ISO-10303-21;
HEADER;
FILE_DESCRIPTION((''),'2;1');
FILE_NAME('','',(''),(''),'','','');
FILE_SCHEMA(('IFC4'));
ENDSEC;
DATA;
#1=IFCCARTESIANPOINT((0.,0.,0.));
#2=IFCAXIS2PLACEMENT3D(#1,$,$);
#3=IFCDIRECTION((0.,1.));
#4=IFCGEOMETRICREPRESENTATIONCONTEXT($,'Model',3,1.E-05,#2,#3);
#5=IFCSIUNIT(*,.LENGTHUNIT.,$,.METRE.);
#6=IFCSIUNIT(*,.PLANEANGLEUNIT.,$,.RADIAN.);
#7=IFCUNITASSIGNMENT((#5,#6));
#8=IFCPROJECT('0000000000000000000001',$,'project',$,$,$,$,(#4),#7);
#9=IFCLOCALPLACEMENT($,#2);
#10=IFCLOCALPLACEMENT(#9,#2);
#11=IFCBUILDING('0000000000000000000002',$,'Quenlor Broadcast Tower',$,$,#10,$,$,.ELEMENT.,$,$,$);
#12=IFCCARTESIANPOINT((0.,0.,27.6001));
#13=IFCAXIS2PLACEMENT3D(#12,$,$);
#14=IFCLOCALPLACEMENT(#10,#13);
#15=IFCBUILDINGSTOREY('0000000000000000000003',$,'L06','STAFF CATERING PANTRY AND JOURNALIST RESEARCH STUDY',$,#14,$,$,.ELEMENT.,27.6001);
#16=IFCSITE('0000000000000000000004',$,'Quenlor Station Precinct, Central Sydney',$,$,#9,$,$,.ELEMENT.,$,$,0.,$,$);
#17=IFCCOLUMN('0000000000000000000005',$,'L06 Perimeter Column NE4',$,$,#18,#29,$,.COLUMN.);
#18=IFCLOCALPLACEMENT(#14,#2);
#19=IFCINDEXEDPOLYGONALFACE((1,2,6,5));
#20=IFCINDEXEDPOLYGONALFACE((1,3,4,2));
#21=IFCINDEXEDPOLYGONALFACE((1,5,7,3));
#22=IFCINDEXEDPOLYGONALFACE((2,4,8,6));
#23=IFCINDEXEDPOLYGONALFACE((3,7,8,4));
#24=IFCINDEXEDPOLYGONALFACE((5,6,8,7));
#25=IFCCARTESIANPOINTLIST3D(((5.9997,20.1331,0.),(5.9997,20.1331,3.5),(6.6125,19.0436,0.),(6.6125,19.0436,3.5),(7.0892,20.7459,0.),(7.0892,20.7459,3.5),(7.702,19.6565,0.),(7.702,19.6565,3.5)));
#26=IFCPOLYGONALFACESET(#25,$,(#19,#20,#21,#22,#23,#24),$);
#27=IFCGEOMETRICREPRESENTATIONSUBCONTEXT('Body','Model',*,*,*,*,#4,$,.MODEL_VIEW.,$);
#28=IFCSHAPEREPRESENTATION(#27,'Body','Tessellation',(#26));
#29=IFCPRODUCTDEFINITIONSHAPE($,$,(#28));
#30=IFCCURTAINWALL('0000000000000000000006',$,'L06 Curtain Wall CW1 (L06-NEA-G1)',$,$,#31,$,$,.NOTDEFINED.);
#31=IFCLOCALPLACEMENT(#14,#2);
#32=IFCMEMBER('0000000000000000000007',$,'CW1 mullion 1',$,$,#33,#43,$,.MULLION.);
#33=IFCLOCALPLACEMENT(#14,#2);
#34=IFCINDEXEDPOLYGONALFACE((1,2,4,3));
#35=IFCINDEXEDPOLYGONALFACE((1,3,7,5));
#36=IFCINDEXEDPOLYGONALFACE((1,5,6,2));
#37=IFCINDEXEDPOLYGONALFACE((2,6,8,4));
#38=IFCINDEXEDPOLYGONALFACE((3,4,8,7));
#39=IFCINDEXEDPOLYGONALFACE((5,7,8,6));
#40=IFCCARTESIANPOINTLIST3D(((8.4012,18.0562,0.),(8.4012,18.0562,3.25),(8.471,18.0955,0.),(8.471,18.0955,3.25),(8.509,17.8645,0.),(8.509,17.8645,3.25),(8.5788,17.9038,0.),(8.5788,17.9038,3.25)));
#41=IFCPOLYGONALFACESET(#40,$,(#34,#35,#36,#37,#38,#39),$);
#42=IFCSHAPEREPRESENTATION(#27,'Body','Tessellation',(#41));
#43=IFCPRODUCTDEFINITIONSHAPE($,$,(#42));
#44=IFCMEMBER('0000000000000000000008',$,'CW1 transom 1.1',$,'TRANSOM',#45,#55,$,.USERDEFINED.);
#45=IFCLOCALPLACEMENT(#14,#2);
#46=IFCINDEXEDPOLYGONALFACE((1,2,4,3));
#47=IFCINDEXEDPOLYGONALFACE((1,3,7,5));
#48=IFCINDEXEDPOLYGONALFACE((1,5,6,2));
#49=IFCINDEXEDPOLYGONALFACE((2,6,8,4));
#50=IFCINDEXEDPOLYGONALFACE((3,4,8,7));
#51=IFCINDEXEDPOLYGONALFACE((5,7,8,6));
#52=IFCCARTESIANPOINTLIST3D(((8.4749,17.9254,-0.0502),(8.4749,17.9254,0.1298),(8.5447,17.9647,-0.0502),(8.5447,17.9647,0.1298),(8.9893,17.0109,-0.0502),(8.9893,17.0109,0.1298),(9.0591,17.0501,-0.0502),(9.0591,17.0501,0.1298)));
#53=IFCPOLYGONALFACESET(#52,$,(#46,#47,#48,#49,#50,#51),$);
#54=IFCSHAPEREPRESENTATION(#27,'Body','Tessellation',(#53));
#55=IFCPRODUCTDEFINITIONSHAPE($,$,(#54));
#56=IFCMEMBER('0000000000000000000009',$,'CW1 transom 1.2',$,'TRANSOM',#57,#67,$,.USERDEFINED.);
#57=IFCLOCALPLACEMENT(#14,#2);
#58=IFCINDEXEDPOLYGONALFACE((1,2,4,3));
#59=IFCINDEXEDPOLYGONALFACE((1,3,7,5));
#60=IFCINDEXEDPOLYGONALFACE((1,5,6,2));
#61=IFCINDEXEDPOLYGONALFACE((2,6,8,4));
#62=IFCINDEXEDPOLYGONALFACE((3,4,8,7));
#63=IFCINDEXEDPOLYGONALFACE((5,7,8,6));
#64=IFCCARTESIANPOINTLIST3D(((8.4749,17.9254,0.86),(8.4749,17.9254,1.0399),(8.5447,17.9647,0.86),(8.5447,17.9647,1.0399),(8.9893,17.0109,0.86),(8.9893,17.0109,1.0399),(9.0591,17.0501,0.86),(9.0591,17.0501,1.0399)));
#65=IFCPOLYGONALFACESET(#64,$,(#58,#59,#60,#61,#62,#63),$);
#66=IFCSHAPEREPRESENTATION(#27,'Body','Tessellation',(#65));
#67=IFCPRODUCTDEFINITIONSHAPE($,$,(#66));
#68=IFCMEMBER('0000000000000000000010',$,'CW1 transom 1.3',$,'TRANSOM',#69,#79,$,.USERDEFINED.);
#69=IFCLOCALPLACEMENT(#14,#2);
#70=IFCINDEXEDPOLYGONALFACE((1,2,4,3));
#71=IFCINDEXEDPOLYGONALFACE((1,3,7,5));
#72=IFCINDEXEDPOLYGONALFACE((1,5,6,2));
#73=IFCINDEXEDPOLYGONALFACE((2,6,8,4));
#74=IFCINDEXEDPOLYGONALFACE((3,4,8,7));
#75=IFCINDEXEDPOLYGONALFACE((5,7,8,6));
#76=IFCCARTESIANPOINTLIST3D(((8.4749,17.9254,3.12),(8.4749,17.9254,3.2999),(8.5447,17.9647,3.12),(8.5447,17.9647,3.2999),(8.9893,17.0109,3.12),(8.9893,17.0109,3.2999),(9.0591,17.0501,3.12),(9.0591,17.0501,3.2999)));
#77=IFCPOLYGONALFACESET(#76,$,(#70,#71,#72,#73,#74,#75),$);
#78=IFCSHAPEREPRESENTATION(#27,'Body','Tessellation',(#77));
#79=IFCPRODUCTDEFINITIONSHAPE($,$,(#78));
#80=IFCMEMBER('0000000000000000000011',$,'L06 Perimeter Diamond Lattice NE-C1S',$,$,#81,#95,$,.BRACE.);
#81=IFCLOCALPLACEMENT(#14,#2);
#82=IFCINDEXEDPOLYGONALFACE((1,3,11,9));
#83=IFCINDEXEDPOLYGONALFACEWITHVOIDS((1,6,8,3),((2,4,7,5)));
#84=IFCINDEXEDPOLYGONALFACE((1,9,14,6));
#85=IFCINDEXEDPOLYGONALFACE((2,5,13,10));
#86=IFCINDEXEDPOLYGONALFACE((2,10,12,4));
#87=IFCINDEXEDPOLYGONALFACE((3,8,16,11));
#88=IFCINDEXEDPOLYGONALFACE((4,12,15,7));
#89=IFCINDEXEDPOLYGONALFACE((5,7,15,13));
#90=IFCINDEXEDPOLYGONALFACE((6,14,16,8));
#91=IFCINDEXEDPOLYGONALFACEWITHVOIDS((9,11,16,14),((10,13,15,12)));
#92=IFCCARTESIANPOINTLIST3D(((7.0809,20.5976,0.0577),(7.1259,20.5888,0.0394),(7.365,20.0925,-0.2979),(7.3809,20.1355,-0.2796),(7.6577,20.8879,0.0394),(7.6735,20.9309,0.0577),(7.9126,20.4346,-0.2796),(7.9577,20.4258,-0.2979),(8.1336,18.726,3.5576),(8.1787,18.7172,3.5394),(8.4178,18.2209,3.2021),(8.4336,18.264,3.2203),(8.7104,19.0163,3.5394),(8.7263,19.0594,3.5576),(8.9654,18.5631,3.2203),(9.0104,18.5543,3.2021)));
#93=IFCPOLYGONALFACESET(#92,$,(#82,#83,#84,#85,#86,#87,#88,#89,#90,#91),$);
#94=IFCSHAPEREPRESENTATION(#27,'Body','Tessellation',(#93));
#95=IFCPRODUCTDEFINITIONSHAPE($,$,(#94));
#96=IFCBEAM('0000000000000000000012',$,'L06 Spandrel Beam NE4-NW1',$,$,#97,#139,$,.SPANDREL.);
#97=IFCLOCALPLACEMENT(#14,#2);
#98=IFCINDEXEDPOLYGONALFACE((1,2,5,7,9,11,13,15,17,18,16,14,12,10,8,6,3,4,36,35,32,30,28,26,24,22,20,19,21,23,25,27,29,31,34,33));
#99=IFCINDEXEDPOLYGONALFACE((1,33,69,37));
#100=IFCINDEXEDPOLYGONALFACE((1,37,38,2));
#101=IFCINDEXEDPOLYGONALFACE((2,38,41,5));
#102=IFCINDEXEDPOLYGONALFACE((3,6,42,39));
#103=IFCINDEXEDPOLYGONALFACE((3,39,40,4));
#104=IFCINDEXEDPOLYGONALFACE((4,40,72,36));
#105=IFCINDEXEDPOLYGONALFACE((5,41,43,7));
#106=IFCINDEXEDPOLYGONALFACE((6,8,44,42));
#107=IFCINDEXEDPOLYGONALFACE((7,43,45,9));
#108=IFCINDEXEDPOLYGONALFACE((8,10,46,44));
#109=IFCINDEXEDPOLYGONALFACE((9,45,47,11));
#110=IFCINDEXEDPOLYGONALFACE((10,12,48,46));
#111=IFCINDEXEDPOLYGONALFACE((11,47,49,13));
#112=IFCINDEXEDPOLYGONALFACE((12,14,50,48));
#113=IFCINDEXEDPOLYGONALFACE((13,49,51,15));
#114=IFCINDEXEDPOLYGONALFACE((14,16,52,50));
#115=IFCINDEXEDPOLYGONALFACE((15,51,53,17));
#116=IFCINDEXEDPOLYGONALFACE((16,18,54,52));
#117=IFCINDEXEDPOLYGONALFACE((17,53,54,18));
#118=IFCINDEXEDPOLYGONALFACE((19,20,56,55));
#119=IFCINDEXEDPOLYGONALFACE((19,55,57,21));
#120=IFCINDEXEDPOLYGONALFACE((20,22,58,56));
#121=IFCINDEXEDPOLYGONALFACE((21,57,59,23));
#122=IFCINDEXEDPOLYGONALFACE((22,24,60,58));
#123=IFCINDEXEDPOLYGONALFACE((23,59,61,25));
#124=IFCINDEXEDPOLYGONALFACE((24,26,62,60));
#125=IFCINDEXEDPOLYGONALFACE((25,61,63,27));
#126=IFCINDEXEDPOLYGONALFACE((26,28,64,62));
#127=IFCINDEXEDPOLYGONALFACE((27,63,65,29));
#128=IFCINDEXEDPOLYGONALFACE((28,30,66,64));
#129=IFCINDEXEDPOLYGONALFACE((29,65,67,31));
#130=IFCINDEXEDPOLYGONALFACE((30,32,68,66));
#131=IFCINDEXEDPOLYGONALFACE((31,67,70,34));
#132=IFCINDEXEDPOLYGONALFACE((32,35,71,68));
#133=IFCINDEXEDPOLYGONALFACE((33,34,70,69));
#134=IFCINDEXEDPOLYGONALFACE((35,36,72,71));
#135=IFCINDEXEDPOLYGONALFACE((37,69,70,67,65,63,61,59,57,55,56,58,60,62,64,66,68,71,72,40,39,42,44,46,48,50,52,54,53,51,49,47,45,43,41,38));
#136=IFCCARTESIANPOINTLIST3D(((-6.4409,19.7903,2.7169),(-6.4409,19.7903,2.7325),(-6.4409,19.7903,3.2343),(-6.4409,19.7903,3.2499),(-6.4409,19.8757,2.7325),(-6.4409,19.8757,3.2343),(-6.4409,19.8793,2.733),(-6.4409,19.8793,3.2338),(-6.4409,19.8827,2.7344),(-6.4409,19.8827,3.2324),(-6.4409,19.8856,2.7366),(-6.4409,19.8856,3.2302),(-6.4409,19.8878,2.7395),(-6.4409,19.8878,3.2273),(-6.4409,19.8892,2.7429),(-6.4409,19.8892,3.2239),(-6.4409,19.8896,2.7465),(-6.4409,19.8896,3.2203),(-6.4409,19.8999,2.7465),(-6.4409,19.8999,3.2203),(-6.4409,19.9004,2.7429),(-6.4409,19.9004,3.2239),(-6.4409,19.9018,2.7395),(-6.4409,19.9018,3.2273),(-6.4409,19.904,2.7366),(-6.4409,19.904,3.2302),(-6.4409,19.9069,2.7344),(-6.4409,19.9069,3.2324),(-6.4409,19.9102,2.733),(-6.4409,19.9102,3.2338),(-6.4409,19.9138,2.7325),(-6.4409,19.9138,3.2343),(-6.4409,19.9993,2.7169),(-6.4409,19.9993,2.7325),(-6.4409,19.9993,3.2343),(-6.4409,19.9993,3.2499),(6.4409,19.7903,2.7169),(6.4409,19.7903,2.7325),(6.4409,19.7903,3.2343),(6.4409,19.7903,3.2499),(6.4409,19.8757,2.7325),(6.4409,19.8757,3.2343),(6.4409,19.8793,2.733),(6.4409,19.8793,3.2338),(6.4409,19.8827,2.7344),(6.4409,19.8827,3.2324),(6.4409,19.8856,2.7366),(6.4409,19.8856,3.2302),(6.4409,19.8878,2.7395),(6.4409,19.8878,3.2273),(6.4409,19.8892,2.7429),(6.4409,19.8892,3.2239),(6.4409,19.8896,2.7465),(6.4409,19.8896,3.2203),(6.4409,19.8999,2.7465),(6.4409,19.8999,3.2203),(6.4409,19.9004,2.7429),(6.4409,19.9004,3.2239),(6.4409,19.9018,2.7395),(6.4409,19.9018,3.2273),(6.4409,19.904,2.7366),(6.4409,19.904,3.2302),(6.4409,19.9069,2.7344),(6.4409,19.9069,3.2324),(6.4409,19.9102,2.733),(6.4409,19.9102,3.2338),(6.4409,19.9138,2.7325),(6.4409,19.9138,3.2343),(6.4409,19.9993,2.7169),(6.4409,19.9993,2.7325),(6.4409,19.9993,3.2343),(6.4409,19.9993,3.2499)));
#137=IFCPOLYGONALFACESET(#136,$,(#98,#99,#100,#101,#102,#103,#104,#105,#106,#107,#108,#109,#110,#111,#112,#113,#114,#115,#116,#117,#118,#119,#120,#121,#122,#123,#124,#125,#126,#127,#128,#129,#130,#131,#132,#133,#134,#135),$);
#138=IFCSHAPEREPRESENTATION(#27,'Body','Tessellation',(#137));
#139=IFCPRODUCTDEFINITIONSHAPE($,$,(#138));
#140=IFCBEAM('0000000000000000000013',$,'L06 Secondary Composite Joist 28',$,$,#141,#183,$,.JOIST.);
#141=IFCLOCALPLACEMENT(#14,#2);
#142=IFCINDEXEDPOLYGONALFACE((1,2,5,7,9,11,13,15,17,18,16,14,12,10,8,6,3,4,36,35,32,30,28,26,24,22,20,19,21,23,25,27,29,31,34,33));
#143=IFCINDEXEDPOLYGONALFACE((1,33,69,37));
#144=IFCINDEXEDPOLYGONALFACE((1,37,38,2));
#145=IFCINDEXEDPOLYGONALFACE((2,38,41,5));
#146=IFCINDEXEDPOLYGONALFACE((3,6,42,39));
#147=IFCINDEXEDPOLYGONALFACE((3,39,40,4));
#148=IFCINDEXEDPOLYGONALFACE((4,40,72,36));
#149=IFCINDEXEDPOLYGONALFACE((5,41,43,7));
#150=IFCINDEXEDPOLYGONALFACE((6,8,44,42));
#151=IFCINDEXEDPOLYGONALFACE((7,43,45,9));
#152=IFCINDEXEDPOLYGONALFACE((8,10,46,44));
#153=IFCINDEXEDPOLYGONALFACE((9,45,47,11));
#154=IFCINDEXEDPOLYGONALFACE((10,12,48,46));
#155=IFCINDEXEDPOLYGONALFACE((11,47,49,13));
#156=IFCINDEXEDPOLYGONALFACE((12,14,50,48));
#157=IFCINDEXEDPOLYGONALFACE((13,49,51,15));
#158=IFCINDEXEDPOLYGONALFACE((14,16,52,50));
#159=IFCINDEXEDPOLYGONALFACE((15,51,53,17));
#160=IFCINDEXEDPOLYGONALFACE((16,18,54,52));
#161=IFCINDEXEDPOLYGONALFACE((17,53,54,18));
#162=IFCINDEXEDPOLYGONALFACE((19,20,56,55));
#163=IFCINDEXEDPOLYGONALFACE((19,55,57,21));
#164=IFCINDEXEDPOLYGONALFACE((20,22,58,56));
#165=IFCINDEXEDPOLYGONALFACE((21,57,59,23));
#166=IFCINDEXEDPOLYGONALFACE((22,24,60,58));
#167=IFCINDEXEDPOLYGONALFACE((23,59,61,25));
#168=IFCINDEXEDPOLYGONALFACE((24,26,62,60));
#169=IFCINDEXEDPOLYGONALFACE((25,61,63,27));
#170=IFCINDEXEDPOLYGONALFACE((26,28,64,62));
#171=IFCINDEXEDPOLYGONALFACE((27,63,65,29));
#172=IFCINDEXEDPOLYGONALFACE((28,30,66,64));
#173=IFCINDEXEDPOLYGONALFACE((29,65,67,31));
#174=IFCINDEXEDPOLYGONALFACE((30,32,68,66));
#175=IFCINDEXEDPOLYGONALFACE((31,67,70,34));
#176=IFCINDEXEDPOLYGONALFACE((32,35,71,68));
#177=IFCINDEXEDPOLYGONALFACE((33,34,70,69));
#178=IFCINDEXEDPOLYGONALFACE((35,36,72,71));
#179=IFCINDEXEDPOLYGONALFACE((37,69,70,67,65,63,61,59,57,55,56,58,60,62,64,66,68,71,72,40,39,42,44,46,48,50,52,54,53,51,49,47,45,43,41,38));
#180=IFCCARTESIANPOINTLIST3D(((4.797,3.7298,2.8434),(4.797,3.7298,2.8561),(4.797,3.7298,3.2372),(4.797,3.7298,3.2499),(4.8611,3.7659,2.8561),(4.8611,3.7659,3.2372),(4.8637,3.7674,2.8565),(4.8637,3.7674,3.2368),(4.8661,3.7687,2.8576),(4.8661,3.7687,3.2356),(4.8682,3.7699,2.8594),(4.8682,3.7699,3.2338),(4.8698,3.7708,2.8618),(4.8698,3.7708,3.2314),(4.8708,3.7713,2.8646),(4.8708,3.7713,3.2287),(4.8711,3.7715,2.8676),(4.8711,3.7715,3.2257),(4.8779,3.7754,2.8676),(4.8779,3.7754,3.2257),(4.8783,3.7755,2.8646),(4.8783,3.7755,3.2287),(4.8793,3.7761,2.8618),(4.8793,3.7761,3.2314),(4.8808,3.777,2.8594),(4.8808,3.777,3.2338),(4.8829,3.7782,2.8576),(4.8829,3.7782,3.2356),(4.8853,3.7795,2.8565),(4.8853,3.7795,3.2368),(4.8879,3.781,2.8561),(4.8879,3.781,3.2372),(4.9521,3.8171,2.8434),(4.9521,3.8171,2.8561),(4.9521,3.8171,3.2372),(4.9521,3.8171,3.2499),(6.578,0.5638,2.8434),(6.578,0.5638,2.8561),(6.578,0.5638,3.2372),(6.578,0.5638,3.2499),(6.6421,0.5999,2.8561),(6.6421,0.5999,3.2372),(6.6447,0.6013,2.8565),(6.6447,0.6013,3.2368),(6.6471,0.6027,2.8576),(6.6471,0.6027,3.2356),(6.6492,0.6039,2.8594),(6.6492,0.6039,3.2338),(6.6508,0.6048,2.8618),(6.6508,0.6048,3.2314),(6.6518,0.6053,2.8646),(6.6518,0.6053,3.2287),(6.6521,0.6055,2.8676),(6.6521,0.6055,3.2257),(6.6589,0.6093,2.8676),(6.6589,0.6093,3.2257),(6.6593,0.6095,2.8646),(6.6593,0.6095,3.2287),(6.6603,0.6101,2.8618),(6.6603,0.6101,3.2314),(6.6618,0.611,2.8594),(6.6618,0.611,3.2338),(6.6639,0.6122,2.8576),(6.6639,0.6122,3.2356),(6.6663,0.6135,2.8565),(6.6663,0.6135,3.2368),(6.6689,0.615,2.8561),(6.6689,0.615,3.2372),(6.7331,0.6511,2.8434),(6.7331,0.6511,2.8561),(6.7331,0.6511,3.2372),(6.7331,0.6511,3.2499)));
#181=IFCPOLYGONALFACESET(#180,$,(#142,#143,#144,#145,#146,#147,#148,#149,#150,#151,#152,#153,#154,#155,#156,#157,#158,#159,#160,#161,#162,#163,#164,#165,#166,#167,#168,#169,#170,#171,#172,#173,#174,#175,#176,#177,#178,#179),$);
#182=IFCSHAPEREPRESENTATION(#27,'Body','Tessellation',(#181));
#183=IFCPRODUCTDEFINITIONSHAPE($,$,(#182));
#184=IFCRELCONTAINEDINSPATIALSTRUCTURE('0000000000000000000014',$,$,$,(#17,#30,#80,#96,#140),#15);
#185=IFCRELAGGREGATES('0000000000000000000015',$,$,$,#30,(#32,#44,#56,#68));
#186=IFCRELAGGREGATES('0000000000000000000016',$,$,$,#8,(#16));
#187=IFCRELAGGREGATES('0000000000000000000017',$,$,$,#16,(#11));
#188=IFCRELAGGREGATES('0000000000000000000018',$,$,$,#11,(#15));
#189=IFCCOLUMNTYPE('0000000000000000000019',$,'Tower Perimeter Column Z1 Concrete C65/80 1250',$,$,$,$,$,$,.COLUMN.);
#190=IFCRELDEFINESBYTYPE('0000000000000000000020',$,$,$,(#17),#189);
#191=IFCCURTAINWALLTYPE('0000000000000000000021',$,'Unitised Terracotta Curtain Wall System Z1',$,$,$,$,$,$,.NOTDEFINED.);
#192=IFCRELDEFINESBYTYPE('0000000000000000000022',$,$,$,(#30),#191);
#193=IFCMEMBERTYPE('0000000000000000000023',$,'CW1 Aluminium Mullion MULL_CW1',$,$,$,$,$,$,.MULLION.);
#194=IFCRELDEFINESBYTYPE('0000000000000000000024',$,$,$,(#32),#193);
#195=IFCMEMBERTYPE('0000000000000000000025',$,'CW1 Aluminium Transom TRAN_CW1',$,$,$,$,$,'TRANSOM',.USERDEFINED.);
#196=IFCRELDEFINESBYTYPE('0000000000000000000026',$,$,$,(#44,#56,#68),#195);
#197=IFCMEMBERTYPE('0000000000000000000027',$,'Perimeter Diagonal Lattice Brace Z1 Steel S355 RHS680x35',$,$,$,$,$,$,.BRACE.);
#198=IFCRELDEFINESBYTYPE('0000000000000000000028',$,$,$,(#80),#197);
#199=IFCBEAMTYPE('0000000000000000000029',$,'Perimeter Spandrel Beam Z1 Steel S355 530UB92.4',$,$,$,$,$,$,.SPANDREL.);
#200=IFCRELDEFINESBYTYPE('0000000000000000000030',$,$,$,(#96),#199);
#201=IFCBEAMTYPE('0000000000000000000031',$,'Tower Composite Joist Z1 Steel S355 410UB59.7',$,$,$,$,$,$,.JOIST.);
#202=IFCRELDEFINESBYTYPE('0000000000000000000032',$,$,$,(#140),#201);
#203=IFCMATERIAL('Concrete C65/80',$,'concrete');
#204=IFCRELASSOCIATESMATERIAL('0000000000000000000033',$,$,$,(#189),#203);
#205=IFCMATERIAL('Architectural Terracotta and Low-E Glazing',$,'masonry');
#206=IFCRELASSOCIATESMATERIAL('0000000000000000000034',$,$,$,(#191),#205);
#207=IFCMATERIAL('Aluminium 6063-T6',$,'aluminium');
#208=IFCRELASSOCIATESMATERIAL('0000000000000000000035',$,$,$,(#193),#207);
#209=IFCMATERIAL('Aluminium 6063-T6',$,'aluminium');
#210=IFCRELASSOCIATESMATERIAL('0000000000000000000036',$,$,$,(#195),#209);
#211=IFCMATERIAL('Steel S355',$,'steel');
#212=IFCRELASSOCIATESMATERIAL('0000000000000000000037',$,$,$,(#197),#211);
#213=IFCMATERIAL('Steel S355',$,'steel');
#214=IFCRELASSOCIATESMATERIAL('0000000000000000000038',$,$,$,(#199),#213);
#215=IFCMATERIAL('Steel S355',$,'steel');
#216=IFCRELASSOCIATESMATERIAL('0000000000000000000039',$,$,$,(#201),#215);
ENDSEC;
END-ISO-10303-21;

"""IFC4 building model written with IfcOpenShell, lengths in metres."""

from ifc_helpers import new_model, si_unit, direction, frame, origin, origin_2d, place, context, subcontext, project, spatial, rectangle, hollow_rectangle, i_section, extrude, material, material_profile, profile_set, type_object, element, aggregate, save


model = new_model("IFC4")

# Units and contexts
model_context = context("Model", 3, precision=1e-05, world=origin(), true_north=direction((0.0, 1.0)))
body_context = subcontext(model_context, "Body", "Model", "MODEL_VIEW")
ifc_project = project(units=[si_unit("LENGTHUNIT", "METRE"), si_unit("PLANEANGLEUNIT", "RADIAN")], contexts=[model_context])

# Site, building, storey
site_placement = place(None, origin())
site = spatial("IfcSite", under=ifc_project, at=site_placement, Name="Quenlor Station Precinct, Central Sydney", CompositionType="ELEMENT", RefElevation=0.0)
building_placement = place(site_placement, origin())
building = spatial("IfcBuilding", under=site, at=building_placement, Name="Quenlor Broadcast Tower", CompositionType="ELEMENT")
storey_placement = place(building_placement, frame((0.0, 0.0, 27.6001)))
storey = spatial("IfcBuildingStorey", under=building, at=storey_placement, Name="L06", Description="STAFF CATERING PANTRY AND JOURNALIST RESEARCH STUDY", CompositionType="ELEMENT", Elevation=27.6001)

# Column
ifc_material_1 = material(Name="Concrete C65/80", Category="concrete")
ifc_material_profile_1 = material_profile(ifc_material_1, rectangle(XDim=1.25, YDim=1.25, at=origin_2d()))
ifc_profile_set_1 = profile_set([ifc_material_profile_1], Name="Concrete C65/80 RC1250x1250")
column_type = type_object("IfcColumnType", Name="Tower Perimeter Column Z1 Concrete C65/80 1250", PredefinedType="COLUMN", material=ifc_profile_set_1)
column_placement = place(storey_placement, frame((6.8508, 19.8948, 0.0), z_axis=(0.0, 0.0, 1.0), x_axis=(0.871575, 0.490262, 0.0)))
element("IfcColumn", 1, at=column_placement, inside=storey, type_object=column_type, Name="L06 Perimeter Column NE4", PredefinedType="COLUMN", context=body_context, shape_type="SweptSolid", body=[
    extrude(rectangle(XDim=1.25, YDim=1.25, at=origin_2d()), origin(), (0.0, 0.0, 1.0), 3.5),
])

# Curtain wall, members
ifc_material_2 = material(Name="Architectural Terracotta and Low-E Glazing", Category="masonry")
curtain_wall_type = type_object("IfcCurtainWallType", Name="Unitised Terracotta Curtain Wall System Z1", PredefinedType="NOTDEFINED", material=ifc_material_2)
curtain_wall_placement = place(storey_placement, origin())
curtain_wall = element("IfcCurtainWall", 2, at=curtain_wall_placement, inside=storey, type_object=curtain_wall_type, Name="L06 Curtain Wall CW1 (L06-NEA-G1)", PredefinedType="NOTDEFINED")
ifc_material_3 = material(Name="Aluminium 6063-T6", Category="aluminium")
ifc_material_profile_2 = material_profile(ifc_material_3, rectangle(XDim=0.0801, YDim=0.22, at=origin_2d()))
ifc_profile_set_2 = profile_set([ifc_material_profile_2], Name="Aluminium 6063-T6 MULL80x220")
member_type_1 = type_object("IfcMemberType", Name="CW1 Aluminium Mullion MULL_CW1", PredefinedType="MULLION", material=ifc_profile_set_2)
member_1_placement = place(storey_placement, frame((8.49, 17.98, 0.0), z_axis=(0.0, 0.0, 1.0), x_axis=(0.871567, 0.490277, 0.0)))
member_1 = element("IfcMember", 3, at=member_1_placement, type_object=member_type_1, Name="CW1 mullion 1", PredefinedType="MULLION", context=body_context, shape_type="SweptSolid", body=[
    extrude(rectangle(XDim=0.0801, YDim=0.22, at=origin_2d()), origin(), (0.0, 0.0, 1.0), 3.25),
])
ifc_material_4 = material(Name="Aluminium 6063-T6", Category="aluminium")
ifc_material_profile_3 = material_profile(ifc_material_4, rectangle(XDim=0.0801, YDim=0.1799, at=origin_2d()))
ifc_profile_set_3 = profile_set([ifc_material_profile_3], Name="Aluminium 6063-T6 TRAN80x180")
member_type_2 = type_object("IfcMemberType", Name="CW1 Aluminium Transom TRAN_CW1", ElementType="TRANSOM", PredefinedType="USERDEFINED", material=ifc_profile_set_3)
member_2_placement = place(storey_placement, frame((8.5098, 17.9451, 0.0398), z_axis=(0.490239, -0.871588, 0.0), x_axis=(0.871588, 0.490239, 0.0)))
member_2 = element("IfcMember", 4, at=member_2_placement, type_object=member_type_2, Name="CW1 transom 1.1", ObjectType="TRANSOM", PredefinedType="USERDEFINED", context=body_context, shape_type="SweptSolid", body=[
    extrude(rectangle(XDim=0.0801, YDim=0.1799, at=origin_2d()), origin(), (0.0, 0.0, 1.0), 1.0493),
])
member_3_placement = place(storey_placement, frame((8.5098, 17.9451, 0.95), z_axis=(0.490239, -0.871588, 0.0), x_axis=(0.871588, 0.490239, 0.0)))
member_3 = element("IfcMember", 5, at=member_3_placement, type_object=member_type_2, Name="CW1 transom 1.2", ObjectType="TRANSOM", PredefinedType="USERDEFINED", context=body_context, shape_type="SweptSolid", body=[
    extrude(rectangle(XDim=0.0801, YDim=0.1799, at=origin_2d()), origin(), (0.0, 0.0, 1.0), 1.0493),
])
member_4_placement = place(storey_placement, frame((8.5098, 17.9451, 3.21), z_axis=(0.490239, -0.871588, 0.0), x_axis=(0.871588, 0.490239, 0.0)))
member_4 = element("IfcMember", 6, at=member_4_placement, type_object=member_type_2, Name="CW1 transom 1.3", ObjectType="TRANSOM", PredefinedType="USERDEFINED", context=body_context, shape_type="SweptSolid", body=[
    extrude(rectangle(XDim=0.0801, YDim=0.1799, at=origin_2d()), origin(), (0.0, 0.0, 1.0), 1.0493),
])
aggregate(curtain_wall, [member_1, member_2, member_3, member_4])

# Member
ifc_material_5 = material(Name="Steel S355", Category="steel")
ifc_material_profile_4 = material_profile(ifc_material_5, hollow_rectangle(XDim=0.6799, YDim=0.6799, WallThickness=0.0349, at=origin_2d()))
ifc_profile_set_4 = profile_set([ifc_material_profile_4], Name="Steel S355 RHS680x680x35")
member_type_3 = type_object("IfcMemberType", Name="Perimeter Diagonal Lattice Brace Z1 Steel S355 RHS680x35", PredefinedType="BRACE", material=ifc_profile_set_4)
member_5_placement = place(storey_placement, frame((7.5193, 20.5117, -0.1201), z_axis=(0.256375, -0.455792, 0.852365), x_axis=(0.871582, 0.49025, 0.0)))
element("IfcMember", 7, at=member_5_placement, inside=storey, type_object=member_type_3, Name="L06 Perimeter Diamond Lattice NE-C1S", PredefinedType="BRACE", context=body_context, shape_type="SweptSolid", body=[
    extrude(hollow_rectangle(XDim=0.6799, YDim=0.6799, WallThickness=0.0349, at=origin_2d()), origin(), (0.0, 0.0, 1.0), 4.1062),
])

# Beams
ifc_material_6 = material(Name="Steel S355", Category="steel")
ifc_material_profile_5 = material_profile(ifc_material_6, i_section(OverallWidth=0.209, OverallDepth=0.533, WebThickness=0.0103, FlangeThickness=0.0156, FilletRadius=0.0139, at=origin_2d()))
ifc_profile_set_5 = profile_set([ifc_material_profile_5], Name="Steel S355 530UB92.4")
beam_type_1 = type_object("IfcBeamType", Name="Perimeter Spandrel Beam Z1 Steel S355 530UB92.4", PredefinedType="SPANDREL", material=ifc_profile_set_5)
beam_1_placement = place(storey_placement, frame((6.4409, 19.8948, 2.9834), z_axis=(-1.0, 0.0, 0.0), x_axis=(0.0, -1.0, 0.0)))
element("IfcBeam", 8, at=beam_1_placement, inside=storey, type_object=beam_type_1, Name="L06 Spandrel Beam NE4-NW1", PredefinedType="SPANDREL", context=body_context, shape_type="SweptSolid", body=[
    extrude(i_section(OverallWidth=0.209, OverallDepth=0.533, WebThickness=0.0103, FlangeThickness=0.0156, FilletRadius=0.0139, at=origin_2d()), origin(), (0.0, 0.0, 1.0), 12.8818),
])
ifc_material_7 = material(Name="Steel S355", Category="steel")
ifc_material_profile_6 = material_profile(ifc_material_7, i_section(OverallWidth=0.178, OverallDepth=0.4065, WebThickness=0.0078, FlangeThickness=0.0127, FilletRadius=0.0115, at=origin_2d()))
ifc_profile_set_6 = profile_set([ifc_material_profile_6], Name="Steel S355 410UB59.7")
beam_type_2 = type_object("IfcBeamType", Name="Tower Composite Joist Z1 Steel S355 410UB59.7", PredefinedType="JOIST", material=ifc_profile_set_6)
beam_2_placement = place(storey_placement, frame((4.8745, 3.7734, 3.0466), z_axis=(0.490287, -0.871561, 0.0), x_axis=(0.871561, 0.490287, 0.0)))
element("IfcBeam", 9, at=beam_2_placement, inside=storey, type_object=beam_type_2, Name="L06 Secondary Composite Joist 28", PredefinedType="JOIST", context=body_context, shape_type="SweptSolid", body=[
    extrude(i_section(OverallWidth=0.178, OverallDepth=0.4065, WebThickness=0.0078, FlangeThickness=0.0127, FilletRadius=0.0115, at=origin_2d()), origin(), (0.0, 0.0, 1.0), 3.6326),
])

save(model, "model.ifc")
